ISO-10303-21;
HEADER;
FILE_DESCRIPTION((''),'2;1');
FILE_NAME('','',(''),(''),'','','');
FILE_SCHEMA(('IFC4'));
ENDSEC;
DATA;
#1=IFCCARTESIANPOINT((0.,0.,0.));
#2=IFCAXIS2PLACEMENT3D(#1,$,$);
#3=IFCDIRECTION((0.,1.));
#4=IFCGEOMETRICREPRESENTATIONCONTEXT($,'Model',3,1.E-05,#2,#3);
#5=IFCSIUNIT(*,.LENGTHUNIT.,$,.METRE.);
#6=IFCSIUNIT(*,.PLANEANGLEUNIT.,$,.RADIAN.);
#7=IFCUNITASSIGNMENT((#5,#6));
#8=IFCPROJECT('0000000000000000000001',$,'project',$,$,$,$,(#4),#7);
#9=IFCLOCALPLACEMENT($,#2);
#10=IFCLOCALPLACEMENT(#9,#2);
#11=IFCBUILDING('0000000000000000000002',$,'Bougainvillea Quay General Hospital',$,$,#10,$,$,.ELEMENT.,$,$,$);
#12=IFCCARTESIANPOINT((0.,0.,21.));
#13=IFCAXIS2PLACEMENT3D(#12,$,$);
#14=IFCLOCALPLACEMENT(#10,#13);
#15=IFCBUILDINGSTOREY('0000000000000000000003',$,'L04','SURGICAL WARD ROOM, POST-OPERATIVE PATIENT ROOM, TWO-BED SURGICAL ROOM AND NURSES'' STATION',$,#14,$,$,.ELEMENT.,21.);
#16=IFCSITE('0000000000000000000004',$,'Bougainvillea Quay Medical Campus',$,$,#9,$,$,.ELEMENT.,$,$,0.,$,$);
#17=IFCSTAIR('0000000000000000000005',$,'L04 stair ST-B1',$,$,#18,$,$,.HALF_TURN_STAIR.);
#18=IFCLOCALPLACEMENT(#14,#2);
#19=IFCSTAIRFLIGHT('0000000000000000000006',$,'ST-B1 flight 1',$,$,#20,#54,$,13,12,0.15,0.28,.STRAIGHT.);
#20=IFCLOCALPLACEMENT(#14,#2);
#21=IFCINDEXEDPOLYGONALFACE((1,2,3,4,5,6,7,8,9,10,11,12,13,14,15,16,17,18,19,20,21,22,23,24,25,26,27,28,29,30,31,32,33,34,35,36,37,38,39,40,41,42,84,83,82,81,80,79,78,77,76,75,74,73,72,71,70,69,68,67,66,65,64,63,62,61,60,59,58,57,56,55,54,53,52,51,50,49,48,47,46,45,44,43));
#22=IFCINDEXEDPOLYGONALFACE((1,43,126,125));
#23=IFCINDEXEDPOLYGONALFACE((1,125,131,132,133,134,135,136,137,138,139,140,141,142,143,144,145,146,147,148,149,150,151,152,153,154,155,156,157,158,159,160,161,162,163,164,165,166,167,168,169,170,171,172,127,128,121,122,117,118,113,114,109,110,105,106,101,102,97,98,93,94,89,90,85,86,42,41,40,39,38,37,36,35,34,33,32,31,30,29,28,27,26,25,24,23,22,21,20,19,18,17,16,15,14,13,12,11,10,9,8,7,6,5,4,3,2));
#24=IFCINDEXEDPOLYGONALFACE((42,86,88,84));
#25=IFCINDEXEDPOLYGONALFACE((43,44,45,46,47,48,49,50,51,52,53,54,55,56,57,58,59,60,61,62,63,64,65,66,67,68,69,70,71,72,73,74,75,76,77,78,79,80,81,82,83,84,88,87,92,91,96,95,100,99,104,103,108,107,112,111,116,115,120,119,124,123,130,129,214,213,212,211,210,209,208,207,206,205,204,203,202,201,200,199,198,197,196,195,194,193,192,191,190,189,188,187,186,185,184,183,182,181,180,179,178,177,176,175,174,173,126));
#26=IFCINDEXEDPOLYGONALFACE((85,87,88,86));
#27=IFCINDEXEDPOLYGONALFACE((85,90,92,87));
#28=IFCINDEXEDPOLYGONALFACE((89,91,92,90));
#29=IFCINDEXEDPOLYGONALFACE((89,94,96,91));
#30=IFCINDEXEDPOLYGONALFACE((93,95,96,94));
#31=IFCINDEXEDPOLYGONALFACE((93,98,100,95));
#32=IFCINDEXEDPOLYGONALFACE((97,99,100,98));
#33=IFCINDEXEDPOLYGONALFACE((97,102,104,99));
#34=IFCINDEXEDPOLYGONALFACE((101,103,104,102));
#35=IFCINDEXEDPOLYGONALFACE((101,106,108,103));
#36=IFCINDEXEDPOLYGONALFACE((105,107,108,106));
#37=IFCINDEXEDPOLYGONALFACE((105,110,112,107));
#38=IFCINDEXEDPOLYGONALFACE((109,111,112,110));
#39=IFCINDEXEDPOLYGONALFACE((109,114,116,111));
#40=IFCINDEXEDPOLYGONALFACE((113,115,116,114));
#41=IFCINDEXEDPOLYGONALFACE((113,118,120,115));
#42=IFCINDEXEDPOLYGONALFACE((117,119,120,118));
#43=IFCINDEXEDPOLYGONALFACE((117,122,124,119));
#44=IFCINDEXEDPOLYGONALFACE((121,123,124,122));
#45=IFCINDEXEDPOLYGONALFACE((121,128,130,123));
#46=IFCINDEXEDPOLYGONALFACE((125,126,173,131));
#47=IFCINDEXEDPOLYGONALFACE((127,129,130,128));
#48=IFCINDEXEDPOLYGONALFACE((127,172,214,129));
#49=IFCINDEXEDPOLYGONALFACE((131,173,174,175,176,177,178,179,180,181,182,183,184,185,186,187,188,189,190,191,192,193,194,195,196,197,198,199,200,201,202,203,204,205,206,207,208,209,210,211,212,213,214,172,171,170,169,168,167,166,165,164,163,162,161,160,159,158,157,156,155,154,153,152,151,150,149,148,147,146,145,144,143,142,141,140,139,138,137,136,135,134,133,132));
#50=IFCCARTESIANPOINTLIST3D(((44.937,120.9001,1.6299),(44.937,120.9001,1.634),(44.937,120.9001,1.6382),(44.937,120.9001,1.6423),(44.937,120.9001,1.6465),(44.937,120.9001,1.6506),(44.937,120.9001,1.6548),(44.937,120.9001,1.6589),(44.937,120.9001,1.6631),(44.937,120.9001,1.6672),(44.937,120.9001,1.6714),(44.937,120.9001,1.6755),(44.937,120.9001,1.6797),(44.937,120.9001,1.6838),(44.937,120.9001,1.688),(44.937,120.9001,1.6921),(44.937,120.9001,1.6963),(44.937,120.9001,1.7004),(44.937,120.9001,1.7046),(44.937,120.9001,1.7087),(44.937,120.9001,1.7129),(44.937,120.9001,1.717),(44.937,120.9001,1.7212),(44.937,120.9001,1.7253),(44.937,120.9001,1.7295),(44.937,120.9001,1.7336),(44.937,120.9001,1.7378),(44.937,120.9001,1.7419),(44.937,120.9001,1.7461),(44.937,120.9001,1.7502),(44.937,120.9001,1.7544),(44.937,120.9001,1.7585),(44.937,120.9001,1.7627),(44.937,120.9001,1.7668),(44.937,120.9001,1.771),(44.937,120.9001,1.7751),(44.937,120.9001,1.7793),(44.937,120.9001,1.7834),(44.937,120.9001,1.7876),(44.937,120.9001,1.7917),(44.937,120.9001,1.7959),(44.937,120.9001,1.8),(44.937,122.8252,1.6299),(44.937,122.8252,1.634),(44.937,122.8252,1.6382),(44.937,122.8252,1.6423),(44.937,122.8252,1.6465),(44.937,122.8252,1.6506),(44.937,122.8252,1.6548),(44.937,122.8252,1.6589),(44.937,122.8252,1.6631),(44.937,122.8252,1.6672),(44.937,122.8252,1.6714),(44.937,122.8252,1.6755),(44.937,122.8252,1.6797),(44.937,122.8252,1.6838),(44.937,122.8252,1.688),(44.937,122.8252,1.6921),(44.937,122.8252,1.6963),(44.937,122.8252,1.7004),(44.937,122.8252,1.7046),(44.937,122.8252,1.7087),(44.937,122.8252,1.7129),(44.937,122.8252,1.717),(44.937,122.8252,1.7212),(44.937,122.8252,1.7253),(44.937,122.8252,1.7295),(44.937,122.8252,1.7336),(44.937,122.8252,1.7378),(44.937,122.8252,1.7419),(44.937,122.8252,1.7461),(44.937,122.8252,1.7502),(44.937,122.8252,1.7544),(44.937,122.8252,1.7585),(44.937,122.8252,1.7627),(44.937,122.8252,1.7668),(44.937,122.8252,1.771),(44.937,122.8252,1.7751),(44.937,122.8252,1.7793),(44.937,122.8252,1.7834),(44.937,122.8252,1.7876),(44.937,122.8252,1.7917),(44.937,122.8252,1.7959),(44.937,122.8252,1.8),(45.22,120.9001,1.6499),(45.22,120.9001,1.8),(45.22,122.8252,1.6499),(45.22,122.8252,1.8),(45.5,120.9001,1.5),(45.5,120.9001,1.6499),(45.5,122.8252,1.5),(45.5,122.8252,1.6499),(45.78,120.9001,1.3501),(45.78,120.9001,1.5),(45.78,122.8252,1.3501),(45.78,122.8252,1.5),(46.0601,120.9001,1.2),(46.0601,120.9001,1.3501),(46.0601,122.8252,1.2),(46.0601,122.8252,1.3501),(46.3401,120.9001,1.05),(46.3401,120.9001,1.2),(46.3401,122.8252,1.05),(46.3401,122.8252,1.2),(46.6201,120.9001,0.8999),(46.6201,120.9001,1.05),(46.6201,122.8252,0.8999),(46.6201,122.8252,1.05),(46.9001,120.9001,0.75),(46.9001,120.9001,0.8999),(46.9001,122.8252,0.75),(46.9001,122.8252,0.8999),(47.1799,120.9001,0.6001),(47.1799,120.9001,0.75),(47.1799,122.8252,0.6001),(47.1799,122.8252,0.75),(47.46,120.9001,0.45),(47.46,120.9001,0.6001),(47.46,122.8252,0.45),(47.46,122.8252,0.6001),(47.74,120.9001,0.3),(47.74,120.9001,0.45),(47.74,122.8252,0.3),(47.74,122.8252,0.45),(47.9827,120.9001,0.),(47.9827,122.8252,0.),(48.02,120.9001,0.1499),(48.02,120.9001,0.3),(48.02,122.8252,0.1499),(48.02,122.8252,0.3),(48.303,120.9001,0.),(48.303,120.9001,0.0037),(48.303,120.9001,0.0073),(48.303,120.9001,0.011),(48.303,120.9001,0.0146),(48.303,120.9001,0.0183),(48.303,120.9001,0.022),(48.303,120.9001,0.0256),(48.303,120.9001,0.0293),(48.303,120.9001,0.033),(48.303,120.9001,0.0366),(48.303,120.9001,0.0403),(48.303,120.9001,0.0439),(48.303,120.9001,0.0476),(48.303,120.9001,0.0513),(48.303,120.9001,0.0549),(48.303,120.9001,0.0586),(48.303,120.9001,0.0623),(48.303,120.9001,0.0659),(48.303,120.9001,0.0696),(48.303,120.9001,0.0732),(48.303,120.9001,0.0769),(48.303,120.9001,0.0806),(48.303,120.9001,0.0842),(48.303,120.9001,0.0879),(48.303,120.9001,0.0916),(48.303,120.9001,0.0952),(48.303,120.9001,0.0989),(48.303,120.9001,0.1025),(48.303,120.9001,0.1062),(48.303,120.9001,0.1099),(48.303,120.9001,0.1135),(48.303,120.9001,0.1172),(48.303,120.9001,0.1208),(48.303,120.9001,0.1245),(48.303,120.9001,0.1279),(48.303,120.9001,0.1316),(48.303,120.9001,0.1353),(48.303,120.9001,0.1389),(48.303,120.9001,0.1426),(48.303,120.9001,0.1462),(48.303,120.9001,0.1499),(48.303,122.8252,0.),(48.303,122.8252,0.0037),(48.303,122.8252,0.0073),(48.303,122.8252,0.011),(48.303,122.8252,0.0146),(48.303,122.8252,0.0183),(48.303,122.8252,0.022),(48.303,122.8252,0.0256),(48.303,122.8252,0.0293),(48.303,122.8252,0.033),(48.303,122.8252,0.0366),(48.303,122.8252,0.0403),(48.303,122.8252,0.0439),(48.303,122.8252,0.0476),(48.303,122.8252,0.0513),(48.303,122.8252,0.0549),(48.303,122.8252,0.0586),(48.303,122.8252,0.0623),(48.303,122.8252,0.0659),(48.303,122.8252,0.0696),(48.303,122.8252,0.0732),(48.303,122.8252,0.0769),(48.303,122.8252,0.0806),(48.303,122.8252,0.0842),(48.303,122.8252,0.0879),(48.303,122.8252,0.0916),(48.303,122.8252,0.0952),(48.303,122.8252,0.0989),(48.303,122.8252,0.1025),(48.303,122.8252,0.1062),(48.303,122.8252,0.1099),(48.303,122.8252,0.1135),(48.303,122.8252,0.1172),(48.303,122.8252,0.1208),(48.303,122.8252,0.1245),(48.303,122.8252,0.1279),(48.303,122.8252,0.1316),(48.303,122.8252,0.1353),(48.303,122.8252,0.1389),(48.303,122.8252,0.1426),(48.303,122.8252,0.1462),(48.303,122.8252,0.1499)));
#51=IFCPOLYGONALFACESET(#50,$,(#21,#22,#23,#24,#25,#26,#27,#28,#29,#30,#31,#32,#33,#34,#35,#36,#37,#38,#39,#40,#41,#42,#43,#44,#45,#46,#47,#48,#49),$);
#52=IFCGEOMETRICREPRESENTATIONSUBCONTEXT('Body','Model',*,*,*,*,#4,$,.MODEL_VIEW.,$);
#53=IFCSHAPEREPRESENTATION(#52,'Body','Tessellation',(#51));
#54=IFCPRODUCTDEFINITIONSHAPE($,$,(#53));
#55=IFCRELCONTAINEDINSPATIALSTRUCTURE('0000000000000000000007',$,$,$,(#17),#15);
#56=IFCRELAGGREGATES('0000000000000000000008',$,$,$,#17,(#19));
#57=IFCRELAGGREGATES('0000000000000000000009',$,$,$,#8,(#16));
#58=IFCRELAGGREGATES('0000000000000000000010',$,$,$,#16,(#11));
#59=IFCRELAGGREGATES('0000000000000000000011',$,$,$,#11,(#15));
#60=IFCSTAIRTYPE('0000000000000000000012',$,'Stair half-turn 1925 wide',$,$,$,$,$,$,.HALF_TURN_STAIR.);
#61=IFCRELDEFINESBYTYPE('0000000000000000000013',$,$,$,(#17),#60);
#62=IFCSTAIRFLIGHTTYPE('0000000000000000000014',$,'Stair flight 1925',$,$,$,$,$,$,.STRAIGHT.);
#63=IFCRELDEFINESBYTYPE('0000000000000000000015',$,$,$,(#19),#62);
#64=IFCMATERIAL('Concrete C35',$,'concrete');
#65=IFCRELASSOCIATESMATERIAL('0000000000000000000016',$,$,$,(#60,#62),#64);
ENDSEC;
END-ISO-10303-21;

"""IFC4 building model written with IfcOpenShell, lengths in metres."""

from ifc_helpers import new_model, si_unit, direction, frame, origin, place, context, subcontext, project, spatial, polyline, outline, extrude, material, type_object, element, aggregate, save


model = new_model("IFC4")

# Units and contexts
model_context = context("Model", 3, precision=1e-05, world=origin(), true_north=direction((0.0, 1.0)))
body_context = subcontext(model_context, "Body", "Model", "MODEL_VIEW")
ifc_project = project(units=[si_unit("LENGTHUNIT", "METRE"), si_unit("PLANEANGLEUNIT", "RADIAN")], contexts=[model_context])

# Site, building, storey
site_placement = place(None, origin())
site = spatial("IfcSite", under=ifc_project, at=site_placement, Name="Bougainvillea Quay Medical Campus", CompositionType="ELEMENT", RefElevation=0.0)
building_placement = place(site_placement, origin())
building = spatial("IfcBuilding", under=site, at=building_placement, Name="Bougainvillea Quay General Hospital", CompositionType="ELEMENT")
storey_placement = place(building_placement, frame((0.0, 0.0, 21.0)))
storey = spatial("IfcBuildingStorey", under=building, at=storey_placement, Name="L04", Description="SURGICAL WARD ROOM, POST-OPERATIVE PATIENT ROOM, TWO-BED SURGICAL ROOM AND NURSES' STATION", CompositionType="ELEMENT", Elevation=21.0)

# Stair, stair flight
ifc_material_1 = material(Name="Concrete C35", Category="concrete")
stair_type = type_object("IfcStairType", Name="Stair half-turn 1925 wide", PredefinedType="HALF_TURN_STAIR", material=ifc_material_1)
stair_placement = place(storey_placement, origin())
stair = element("IfcStair", 1, at=stair_placement, inside=storey, type_object=stair_type, Name="L04 stair ST-B1", PredefinedType="HALF_TURN_STAIR")
stair_flight_type = type_object("IfcStairFlightType", Name="Stair flight 1925", PredefinedType="STRAIGHT", material=ifc_material_1)
stair_flight_1_placement = place(storey_placement, frame((48.3, 121.8625, 0.0), z_axis=(0.0, 0.0, 1.0), x_axis=(-1.0, 0.0, 0.0)))
stair_flight_1 = element("IfcStairFlight", 2, at=stair_flight_1_placement, type_object=stair_flight_type, Name="ST-B1 flight 1", NumberOfRisers=13, NumberOfTreads=12, PredefinedType="STRAIGHT", RiserHeight=0.15, TreadLength=0.28, context=body_context, shape_type="SweptSolid", body=[
    extrude(outline(polyline([(-0.0029, 0.0), (-0.0029, 0.0037), (-0.0029, 0.0073), (-0.0029, 0.011), (-0.0029, 0.0146), (-0.0029, 0.0183), (-0.0029, 0.022), (-0.0029, 0.0256), (-0.0029, 0.0293), (-0.0029, 0.033), (-0.0029, 0.0366), (-0.0029, 0.0403), (-0.0029, 0.0439), (-0.0029, 0.0476), (-0.0029, 0.0513), (-0.0029, 0.0549), (-0.0029, 0.0586), (-0.0029, 0.0623), (-0.0029, 0.0659), (-0.0029, 0.0696), (-0.0029, 0.0732), (-0.0029, 0.0769), (-0.0029, 0.0806), (-0.0029, 0.0842), (-0.0029, 0.0879), (-0.0029, 0.0916), (-0.0029, 0.0952), (-0.0029, 0.0989), (-0.0029, 0.1025), (-0.0029, 0.1062), (-0.0029, 0.1099), (-0.0029, 0.1135), (-0.0029, 0.1172), (-0.0029, 0.1208), (-0.0029, 0.1245), (-0.0029, 0.1279), (-0.0029, 0.1316), (-0.0029, 0.1353), (-0.0029, 0.1389), (-0.0029, 0.1426), (-0.0029, 0.1462), (-0.0029, 0.1499), (0.28, 0.1499), (0.28, 0.3), (0.5601, 0.3), (0.5601, 0.45), (0.8401, 0.45), (0.8401, 0.6001), (1.1201, 0.6001), (1.1201, 0.75), (1.3999, 0.75), (1.3999, 0.8999), (1.6799, 0.8999), (1.6799, 1.05), (1.96, 1.05), (1.96, 1.2), (2.24, 1.2), (2.24, 1.3501), (2.52, 1.3501), (2.52, 1.5), (2.8, 1.5), (2.8, 1.6499), (3.0801, 1.6499), (3.0801, 1.8), (3.363, 1.8), (3.363, 1.7959), (3.363, 1.7917), (3.363, 1.7876), (3.363, 1.7834), (3.363, 1.7793), (3.363, 1.7751), (3.363, 1.771), (3.363, 1.7668), (3.363, 1.7627), (3.363, 1.7585), (3.363, 1.7544), (3.363, 1.7502), (3.363, 1.7461), (3.363, 1.7419), (3.363, 1.7378), (3.363, 1.7336), (3.363, 1.7295), (3.363, 1.7253), (3.363, 1.7212), (3.363, 1.717), (3.363, 1.7129), (3.363, 1.7087), (3.363, 1.7046), (3.363, 1.7004), (3.363, 1.6963), (3.363, 1.6921), (3.363, 1.688), (3.363, 1.6838), (3.363, 1.6797), (3.363, 1.6755), (3.363, 1.6714), (3.363, 1.6672), (3.363, 1.6631), (3.363, 1.6589), (3.363, 1.6548), (3.363, 1.6506), (3.363, 1.6465), (3.363, 1.6423), (3.363, 1.6382), (3.363, 1.634), (3.363, 1.6299), (0.3174, 0.0), (-0.0029, 0.0)])), frame((0.0, 0.9624, 0.0), z_axis=(0.0, -1.0, 0.0), x_axis=(1.0, 0.0, 0.0)), (0.0, 0.0, 1.0), 1.925),
])
aggregate(stair, [stair_flight_1])

save(model, "model.ifc")
